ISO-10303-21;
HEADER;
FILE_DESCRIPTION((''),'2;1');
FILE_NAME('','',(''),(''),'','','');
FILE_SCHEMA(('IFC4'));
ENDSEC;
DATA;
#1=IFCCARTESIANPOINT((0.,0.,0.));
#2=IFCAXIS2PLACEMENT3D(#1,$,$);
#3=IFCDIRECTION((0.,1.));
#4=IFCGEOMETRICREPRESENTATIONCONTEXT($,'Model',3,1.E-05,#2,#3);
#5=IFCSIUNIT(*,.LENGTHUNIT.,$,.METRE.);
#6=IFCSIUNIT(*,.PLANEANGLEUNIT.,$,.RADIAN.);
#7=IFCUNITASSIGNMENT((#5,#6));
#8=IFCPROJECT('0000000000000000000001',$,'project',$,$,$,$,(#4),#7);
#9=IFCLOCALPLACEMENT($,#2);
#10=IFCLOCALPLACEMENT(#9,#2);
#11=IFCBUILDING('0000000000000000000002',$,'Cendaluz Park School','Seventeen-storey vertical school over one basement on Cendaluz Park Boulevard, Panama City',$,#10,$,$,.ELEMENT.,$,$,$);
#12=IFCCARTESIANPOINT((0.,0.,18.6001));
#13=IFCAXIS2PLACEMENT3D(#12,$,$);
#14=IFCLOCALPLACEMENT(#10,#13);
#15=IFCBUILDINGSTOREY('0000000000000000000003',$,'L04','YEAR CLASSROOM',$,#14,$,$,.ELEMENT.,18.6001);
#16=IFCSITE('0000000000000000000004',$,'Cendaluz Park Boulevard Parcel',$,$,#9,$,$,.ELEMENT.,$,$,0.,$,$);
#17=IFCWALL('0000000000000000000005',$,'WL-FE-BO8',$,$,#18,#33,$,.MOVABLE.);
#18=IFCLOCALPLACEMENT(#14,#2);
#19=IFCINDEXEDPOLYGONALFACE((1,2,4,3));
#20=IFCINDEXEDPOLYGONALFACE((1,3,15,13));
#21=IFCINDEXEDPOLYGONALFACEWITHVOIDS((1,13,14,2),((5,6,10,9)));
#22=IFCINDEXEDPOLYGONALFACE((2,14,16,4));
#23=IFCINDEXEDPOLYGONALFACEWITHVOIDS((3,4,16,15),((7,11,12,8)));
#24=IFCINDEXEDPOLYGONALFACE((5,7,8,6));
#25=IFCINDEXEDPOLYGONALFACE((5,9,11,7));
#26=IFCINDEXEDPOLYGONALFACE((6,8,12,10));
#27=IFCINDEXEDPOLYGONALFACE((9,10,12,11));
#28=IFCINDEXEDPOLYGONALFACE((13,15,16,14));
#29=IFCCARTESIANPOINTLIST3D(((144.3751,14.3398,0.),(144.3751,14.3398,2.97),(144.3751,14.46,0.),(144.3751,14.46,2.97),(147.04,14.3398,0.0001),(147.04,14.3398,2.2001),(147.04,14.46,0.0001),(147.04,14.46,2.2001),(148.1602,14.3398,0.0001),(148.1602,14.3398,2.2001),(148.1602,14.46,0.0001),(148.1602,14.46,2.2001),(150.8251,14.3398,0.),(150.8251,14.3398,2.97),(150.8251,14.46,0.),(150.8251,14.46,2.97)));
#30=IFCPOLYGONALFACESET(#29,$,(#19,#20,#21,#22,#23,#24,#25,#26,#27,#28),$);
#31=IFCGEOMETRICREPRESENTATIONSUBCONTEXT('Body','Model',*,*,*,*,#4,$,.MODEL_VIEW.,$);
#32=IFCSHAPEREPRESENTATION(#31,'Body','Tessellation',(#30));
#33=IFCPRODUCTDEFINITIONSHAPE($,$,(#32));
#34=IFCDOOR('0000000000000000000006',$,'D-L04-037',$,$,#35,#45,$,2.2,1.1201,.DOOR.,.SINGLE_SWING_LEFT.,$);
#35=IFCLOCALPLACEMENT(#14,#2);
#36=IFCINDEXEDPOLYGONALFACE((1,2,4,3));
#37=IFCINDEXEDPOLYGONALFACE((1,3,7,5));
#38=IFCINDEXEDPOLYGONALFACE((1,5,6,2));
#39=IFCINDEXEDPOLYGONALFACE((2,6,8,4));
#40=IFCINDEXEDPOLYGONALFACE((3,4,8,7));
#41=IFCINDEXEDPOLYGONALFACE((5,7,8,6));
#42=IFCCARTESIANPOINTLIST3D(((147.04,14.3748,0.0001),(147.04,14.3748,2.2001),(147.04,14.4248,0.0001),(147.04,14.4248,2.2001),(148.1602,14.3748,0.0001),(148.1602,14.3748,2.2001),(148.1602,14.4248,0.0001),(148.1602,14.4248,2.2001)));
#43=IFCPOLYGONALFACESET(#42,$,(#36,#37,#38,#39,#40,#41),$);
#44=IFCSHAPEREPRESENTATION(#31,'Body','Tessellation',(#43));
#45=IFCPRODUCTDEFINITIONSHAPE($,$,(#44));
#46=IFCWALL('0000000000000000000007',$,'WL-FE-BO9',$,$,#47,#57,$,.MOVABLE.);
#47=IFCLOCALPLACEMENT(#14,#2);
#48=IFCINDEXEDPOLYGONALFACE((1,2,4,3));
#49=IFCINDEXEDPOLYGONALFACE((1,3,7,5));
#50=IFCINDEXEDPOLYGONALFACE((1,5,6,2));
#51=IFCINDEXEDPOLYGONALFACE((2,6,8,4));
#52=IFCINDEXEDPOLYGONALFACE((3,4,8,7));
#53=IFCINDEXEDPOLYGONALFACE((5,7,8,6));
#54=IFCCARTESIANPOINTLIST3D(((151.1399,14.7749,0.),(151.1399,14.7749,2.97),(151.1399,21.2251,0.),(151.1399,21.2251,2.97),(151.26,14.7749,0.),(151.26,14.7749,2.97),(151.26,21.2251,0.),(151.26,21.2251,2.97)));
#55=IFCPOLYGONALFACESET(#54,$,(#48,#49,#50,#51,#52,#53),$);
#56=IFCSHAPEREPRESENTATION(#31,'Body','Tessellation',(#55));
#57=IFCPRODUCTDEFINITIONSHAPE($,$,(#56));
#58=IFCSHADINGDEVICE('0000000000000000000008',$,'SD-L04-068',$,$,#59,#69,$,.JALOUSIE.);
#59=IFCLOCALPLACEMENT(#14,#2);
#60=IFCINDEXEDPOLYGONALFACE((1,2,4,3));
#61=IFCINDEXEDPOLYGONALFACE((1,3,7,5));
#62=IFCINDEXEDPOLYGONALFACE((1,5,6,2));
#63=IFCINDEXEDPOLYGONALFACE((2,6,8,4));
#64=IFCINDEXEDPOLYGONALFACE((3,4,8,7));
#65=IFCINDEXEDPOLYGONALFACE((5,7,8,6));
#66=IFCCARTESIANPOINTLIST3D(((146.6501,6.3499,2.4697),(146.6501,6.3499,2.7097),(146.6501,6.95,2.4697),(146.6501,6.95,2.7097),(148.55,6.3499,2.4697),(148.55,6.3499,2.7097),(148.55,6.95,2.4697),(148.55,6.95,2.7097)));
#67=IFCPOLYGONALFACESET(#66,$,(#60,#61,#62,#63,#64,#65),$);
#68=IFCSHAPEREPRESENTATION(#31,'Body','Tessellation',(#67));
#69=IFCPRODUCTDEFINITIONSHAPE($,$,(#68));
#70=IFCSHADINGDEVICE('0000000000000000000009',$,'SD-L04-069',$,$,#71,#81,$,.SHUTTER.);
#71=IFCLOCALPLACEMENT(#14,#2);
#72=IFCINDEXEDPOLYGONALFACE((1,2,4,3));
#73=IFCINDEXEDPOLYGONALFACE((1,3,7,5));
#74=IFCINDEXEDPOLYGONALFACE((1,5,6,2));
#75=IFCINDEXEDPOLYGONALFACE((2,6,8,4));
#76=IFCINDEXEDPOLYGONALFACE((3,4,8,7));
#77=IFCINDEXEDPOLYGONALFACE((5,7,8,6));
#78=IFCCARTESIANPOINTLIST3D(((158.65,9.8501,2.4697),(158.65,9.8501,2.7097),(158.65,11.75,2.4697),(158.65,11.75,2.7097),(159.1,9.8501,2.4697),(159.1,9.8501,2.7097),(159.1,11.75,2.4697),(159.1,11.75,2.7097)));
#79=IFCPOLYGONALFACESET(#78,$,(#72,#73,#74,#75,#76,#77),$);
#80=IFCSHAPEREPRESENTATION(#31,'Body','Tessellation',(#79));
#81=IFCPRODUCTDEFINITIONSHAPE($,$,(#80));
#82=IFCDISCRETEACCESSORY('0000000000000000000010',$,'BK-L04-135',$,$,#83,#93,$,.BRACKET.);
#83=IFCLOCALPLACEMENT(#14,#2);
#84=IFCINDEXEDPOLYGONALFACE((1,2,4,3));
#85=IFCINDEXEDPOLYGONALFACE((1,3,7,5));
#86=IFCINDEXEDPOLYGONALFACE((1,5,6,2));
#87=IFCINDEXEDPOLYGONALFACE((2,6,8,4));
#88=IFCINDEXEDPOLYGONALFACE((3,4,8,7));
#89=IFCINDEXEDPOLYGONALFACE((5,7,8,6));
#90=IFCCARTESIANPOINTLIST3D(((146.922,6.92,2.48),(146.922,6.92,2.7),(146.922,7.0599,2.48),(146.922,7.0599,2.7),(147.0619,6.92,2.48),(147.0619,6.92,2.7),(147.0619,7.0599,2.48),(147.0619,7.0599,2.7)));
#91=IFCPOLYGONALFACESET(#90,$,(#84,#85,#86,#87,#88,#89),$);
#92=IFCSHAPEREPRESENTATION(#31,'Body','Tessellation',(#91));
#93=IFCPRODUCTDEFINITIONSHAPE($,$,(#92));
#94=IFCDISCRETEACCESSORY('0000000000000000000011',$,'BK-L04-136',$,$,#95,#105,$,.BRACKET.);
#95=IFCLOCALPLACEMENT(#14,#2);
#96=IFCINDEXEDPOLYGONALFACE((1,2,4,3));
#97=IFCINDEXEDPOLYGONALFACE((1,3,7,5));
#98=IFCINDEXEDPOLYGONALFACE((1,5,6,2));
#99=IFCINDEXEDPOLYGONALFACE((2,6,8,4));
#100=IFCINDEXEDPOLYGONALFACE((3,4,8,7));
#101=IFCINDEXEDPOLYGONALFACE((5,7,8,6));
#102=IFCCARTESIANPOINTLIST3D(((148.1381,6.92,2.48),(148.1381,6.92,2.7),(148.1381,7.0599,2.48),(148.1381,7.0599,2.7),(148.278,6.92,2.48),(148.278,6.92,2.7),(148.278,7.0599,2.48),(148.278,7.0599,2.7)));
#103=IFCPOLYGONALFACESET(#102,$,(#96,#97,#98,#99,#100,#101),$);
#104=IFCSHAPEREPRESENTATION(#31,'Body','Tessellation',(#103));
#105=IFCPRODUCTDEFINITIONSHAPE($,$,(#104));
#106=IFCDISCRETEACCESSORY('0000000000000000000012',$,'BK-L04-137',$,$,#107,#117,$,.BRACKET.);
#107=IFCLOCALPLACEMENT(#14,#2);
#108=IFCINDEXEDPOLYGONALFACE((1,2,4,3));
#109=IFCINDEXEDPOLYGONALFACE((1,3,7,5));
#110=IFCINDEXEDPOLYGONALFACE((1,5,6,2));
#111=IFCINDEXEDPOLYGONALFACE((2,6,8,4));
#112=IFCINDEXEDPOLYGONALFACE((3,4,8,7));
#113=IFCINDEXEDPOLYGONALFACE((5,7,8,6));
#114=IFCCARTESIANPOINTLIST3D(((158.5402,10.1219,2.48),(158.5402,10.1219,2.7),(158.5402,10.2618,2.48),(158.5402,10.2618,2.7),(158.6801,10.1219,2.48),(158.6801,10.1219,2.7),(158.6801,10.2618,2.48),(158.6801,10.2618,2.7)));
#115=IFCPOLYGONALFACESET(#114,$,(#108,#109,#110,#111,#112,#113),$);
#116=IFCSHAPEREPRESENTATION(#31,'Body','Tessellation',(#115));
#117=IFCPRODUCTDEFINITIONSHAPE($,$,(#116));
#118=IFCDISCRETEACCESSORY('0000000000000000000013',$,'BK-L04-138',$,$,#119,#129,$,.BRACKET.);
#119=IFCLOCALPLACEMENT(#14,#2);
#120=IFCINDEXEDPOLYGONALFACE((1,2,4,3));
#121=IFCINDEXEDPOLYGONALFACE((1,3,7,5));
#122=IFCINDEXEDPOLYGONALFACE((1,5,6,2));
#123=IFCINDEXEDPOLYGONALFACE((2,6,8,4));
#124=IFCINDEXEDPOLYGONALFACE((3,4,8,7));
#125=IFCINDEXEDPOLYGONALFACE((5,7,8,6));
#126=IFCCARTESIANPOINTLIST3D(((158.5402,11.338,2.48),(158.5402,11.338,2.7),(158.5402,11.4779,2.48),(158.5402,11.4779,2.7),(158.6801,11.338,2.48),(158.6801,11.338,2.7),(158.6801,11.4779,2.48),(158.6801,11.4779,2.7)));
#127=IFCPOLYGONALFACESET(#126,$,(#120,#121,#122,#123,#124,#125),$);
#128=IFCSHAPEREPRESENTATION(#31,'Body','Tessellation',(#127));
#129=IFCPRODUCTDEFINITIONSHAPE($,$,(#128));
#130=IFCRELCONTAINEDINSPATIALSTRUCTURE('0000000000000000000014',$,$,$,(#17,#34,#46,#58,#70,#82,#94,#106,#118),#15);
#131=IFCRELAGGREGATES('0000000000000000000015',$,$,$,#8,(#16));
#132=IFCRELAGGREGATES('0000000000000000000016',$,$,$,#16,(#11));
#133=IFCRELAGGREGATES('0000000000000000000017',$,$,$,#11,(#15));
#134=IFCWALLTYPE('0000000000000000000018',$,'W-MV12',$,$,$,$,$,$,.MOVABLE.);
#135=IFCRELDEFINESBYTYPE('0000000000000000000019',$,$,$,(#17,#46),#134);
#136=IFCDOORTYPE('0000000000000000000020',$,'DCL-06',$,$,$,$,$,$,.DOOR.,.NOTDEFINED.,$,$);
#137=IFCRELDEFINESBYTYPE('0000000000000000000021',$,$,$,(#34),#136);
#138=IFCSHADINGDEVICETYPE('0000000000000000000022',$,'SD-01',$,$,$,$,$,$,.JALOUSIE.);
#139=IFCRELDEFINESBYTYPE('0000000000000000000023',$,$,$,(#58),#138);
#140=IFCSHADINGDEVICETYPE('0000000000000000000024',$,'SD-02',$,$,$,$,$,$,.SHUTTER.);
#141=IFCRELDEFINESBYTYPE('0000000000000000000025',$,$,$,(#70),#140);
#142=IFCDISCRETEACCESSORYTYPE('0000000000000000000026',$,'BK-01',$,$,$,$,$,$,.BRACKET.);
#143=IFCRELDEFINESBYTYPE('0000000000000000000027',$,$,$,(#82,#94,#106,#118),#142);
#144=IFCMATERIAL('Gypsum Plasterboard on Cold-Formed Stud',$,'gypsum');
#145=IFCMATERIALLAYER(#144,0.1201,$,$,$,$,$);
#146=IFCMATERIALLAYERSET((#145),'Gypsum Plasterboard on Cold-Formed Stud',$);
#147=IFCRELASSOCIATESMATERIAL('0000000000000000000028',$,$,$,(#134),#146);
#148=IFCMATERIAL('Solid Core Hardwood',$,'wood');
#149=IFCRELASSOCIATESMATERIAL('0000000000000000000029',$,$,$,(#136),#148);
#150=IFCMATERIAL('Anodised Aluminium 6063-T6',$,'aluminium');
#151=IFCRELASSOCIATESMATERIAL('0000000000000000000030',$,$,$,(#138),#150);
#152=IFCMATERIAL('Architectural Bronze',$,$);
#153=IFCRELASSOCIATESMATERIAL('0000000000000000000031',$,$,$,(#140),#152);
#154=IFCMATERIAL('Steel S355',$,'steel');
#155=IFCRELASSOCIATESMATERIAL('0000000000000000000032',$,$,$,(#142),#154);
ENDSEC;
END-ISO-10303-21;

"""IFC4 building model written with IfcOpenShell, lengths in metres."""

from ifc_helpers import new_model, si_unit, direction, frame, frame_2d, origin, origin_2d, place, context, subcontext, project, spatial, rectangle, extrude, material, layer, layer_set, type_object, element, fill, save


model = new_model("IFC4")

# Units and contexts
model_context = context("Model", 3, precision=1e-05, world=origin(), true_north=direction((0.0, 1.0)))
body_context = subcontext(model_context, "Body", "Model", "MODEL_VIEW")
ifc_project = project(units=[si_unit("LENGTHUNIT", "METRE"), si_unit("PLANEANGLEUNIT", "RADIAN")], contexts=[model_context])

# Site, building, storey
site_placement = place(None, origin())
site = spatial("IfcSite", under=ifc_project, at=site_placement, Name="Cendaluz Park Boulevard Parcel", CompositionType="ELEMENT", RefElevation=0.0)
building_placement = place(site_placement, origin())
building = spatial("IfcBuilding", under=site, at=building_placement, Name="Cendaluz Park School", Description="Seventeen-storey vertical school over one basement on Cendaluz Park Boulevard, Panama City", CompositionType="ELEMENT")
storey_placement = place(building_placement, frame((0.0, 0.0, 18.6001)))
storey = spatial("IfcBuildingStorey", under=building, at=storey_placement, Name="L04", Description="YEAR CLASSROOM", CompositionType="ELEMENT", Elevation=18.6001)

# Shared definitions
ifc_material_1 = material(Name="Gypsum Plasterboard on Cold-Formed Stud", Category="gypsum")

# Shared definitions
ifc_material_2 = material(Name="Solid Core Hardwood", Category="wood")

# Wall, opening, door
ifc_layer_1 = layer(ifc_material_1, 0.1201)
ifc_layer_set_1 = layer_set([ifc_layer_1], Name="Gypsum Plasterboard on Cold-Formed Stud")
wall_type_1 = type_object("IfcWallType", Name="W-MV12", PredefinedType="MOVABLE", material=ifc_layer_set_1)
wall_1_placement = place(storey_placement, frame((144.375, 14.3999, 0.0), z_axis=(0.0, 0.0, 1.0), x_axis=(1.0, 0.0, 0.0)))
wall_1 = element("IfcWall", 1, at=wall_1_placement, inside=storey, type_object=wall_type_1, Name="WL-FE-BO8", PredefinedType="MOVABLE", context=body_context, shape_type="SweptSolid", body=[
    extrude(rectangle(XDim=6.45, YDim=0.1201, at=frame_2d((3.2251, 0.0))), origin(), (0.0, 0.0, 1.0), 2.97),
])
opening_1_placement = place(wall_1_placement, frame((2.665, 0.0, 0.0)))
opening_1 = element("IfcOpeningElement", 2, at=opening_1_placement, cuts=wall_1, PredefinedType="OPENING", context=body_context, shape_type="SweptSolid", body=[
    extrude(rectangle(XDim=1.1201, YDim=2.2, at=frame_2d((0.5601, 1.1001))), frame((0.0, 0.072, 0.0), z_axis=(0.0, -1.0, 0.0), x_axis=(1.0, 0.0, 0.0)), (0.0, 0.0, 1.0), 0.144),
])
door_type_1 = type_object("IfcDoorType", Name="DCL-06", OperationType="NOTDEFINED", PredefinedType="DOOR", material=ifc_material_2)
door_1_placement = place(opening_1_placement, origin())
door_1 = element("IfcDoor", 3, at=door_1_placement, inside=storey, type_object=door_type_1, Name="D-L04-037", OperationType="SINGLE_SWING_LEFT", OverallHeight=2.2, OverallWidth=1.1201, PredefinedType="DOOR", context=body_context, shape_type="SweptSolid", body=[
    extrude(rectangle(XDim=1.1201, YDim=2.2, at=frame_2d((0.5601, 1.1001))), frame((0.0, 0.0249, 0.0), z_axis=(0.0, -1.0, 0.0), x_axis=(1.0, 0.0, 0.0)), (0.0, 0.0, 1.0), 0.05),
])
fill(opening_1, door_1)

# Wall
wall_2_placement = place(storey_placement, frame((151.2, 14.7749, 0.0), z_axis=(0.0, 0.0, 1.0), x_axis=(0.0, 1.0, 0.0)))
element("IfcWall", 4, at=wall_2_placement, inside=storey, type_object=wall_type_1, Name="WL-FE-BO9", PredefinedType="MOVABLE", context=body_context, shape_type="SweptSolid", body=[
    extrude(rectangle(XDim=6.4502, YDim=0.1201, at=frame_2d((3.2251, 0.0))), origin(), (0.0, 0.0, 1.0), 2.97),
])

# Shading devices
ifc_material_3 = material(Name="Anodised Aluminium 6063-T6", Category="aluminium")
shading_device_type_1 = type_object("IfcShadingDeviceType", Name="SD-01", PredefinedType="JALOUSIE", material=ifc_material_3)
shading_device_1_placement = place(storey_placement, frame((147.6001, 6.6499, 2.4697), z_axis=(0.0, 0.0, 1.0), x_axis=(1.0, 0.0, 0.0)))
element("IfcShadingDevice", 5, at=shading_device_1_placement, inside=storey, type_object=shading_device_type_1, Name="SD-L04-068", PredefinedType="JALOUSIE", context=body_context, shape_type="SweptSolid", body=[
    extrude(rectangle(XDim=1.8999, YDim=0.6001, at=origin_2d()), origin(), (0.0, 0.0, 1.0), 0.24),
])
ifc_material_4 = material(Name="Architectural Bronze")
shading_device_type_2 = type_object("IfcShadingDeviceType", Name="SD-02", PredefinedType="SHUTTER", material=ifc_material_4)
shading_device_2_placement = place(storey_placement, frame((158.875, 10.8, 2.4697), z_axis=(0.0, 0.0, 1.0), x_axis=(0.0, 1.0, 0.0)))
element("IfcShadingDevice", 6, at=shading_device_2_placement, inside=storey, type_object=shading_device_type_2, Name="SD-L04-069", PredefinedType="SHUTTER", context=body_context, shape_type="SweptSolid", body=[
    extrude(rectangle(XDim=1.8999, YDim=0.45, at=origin_2d()), origin(), (0.0, 0.0, 1.0), 0.24),
])

# Discrete accessories
ifc_material_5 = material(Name="Steel S355", Category="steel")
discrete_accessory_type = type_object("IfcDiscreteAccessoryType", Name="BK-01", PredefinedType="BRACKET", material=ifc_material_5)
for number, where, z_axis, x_axis, name in (
    (7, (146.9919, 6.99, 2.48), (0.0, 0.0, 1.0), (1.0, 0.0, 0.0), "BK-L04-135"),
    (8, (148.208, 6.99, 2.48), (0.0, 0.0, 1.0), (1.0, 0.0, 0.0), "BK-L04-136"),
    (9, (158.6101, 10.1919, 2.48), (0.0, 0.0, 1.0), (0.0, 1.0, 0.0), "BK-L04-137"),
    (10, (158.6101, 11.408, 2.48), (0.0, 0.0, 1.0), (0.0, 1.0, 0.0), "BK-L04-138"),
):
    element("IfcDiscreteAccessory", number, at=place(storey_placement, frame(where, z_axis=z_axis, x_axis=x_axis)), inside=storey, type_object=discrete_accessory_type, Name=name, PredefinedType="BRACKET", context=body_context, shape_type="SweptSolid", body=[
        extrude(rectangle(XDim=0.1399, YDim=0.1399, at=origin_2d()), origin(), (0.0, 0.0, 1.0), 0.22),
    ])

save(model, "model.ifc")
